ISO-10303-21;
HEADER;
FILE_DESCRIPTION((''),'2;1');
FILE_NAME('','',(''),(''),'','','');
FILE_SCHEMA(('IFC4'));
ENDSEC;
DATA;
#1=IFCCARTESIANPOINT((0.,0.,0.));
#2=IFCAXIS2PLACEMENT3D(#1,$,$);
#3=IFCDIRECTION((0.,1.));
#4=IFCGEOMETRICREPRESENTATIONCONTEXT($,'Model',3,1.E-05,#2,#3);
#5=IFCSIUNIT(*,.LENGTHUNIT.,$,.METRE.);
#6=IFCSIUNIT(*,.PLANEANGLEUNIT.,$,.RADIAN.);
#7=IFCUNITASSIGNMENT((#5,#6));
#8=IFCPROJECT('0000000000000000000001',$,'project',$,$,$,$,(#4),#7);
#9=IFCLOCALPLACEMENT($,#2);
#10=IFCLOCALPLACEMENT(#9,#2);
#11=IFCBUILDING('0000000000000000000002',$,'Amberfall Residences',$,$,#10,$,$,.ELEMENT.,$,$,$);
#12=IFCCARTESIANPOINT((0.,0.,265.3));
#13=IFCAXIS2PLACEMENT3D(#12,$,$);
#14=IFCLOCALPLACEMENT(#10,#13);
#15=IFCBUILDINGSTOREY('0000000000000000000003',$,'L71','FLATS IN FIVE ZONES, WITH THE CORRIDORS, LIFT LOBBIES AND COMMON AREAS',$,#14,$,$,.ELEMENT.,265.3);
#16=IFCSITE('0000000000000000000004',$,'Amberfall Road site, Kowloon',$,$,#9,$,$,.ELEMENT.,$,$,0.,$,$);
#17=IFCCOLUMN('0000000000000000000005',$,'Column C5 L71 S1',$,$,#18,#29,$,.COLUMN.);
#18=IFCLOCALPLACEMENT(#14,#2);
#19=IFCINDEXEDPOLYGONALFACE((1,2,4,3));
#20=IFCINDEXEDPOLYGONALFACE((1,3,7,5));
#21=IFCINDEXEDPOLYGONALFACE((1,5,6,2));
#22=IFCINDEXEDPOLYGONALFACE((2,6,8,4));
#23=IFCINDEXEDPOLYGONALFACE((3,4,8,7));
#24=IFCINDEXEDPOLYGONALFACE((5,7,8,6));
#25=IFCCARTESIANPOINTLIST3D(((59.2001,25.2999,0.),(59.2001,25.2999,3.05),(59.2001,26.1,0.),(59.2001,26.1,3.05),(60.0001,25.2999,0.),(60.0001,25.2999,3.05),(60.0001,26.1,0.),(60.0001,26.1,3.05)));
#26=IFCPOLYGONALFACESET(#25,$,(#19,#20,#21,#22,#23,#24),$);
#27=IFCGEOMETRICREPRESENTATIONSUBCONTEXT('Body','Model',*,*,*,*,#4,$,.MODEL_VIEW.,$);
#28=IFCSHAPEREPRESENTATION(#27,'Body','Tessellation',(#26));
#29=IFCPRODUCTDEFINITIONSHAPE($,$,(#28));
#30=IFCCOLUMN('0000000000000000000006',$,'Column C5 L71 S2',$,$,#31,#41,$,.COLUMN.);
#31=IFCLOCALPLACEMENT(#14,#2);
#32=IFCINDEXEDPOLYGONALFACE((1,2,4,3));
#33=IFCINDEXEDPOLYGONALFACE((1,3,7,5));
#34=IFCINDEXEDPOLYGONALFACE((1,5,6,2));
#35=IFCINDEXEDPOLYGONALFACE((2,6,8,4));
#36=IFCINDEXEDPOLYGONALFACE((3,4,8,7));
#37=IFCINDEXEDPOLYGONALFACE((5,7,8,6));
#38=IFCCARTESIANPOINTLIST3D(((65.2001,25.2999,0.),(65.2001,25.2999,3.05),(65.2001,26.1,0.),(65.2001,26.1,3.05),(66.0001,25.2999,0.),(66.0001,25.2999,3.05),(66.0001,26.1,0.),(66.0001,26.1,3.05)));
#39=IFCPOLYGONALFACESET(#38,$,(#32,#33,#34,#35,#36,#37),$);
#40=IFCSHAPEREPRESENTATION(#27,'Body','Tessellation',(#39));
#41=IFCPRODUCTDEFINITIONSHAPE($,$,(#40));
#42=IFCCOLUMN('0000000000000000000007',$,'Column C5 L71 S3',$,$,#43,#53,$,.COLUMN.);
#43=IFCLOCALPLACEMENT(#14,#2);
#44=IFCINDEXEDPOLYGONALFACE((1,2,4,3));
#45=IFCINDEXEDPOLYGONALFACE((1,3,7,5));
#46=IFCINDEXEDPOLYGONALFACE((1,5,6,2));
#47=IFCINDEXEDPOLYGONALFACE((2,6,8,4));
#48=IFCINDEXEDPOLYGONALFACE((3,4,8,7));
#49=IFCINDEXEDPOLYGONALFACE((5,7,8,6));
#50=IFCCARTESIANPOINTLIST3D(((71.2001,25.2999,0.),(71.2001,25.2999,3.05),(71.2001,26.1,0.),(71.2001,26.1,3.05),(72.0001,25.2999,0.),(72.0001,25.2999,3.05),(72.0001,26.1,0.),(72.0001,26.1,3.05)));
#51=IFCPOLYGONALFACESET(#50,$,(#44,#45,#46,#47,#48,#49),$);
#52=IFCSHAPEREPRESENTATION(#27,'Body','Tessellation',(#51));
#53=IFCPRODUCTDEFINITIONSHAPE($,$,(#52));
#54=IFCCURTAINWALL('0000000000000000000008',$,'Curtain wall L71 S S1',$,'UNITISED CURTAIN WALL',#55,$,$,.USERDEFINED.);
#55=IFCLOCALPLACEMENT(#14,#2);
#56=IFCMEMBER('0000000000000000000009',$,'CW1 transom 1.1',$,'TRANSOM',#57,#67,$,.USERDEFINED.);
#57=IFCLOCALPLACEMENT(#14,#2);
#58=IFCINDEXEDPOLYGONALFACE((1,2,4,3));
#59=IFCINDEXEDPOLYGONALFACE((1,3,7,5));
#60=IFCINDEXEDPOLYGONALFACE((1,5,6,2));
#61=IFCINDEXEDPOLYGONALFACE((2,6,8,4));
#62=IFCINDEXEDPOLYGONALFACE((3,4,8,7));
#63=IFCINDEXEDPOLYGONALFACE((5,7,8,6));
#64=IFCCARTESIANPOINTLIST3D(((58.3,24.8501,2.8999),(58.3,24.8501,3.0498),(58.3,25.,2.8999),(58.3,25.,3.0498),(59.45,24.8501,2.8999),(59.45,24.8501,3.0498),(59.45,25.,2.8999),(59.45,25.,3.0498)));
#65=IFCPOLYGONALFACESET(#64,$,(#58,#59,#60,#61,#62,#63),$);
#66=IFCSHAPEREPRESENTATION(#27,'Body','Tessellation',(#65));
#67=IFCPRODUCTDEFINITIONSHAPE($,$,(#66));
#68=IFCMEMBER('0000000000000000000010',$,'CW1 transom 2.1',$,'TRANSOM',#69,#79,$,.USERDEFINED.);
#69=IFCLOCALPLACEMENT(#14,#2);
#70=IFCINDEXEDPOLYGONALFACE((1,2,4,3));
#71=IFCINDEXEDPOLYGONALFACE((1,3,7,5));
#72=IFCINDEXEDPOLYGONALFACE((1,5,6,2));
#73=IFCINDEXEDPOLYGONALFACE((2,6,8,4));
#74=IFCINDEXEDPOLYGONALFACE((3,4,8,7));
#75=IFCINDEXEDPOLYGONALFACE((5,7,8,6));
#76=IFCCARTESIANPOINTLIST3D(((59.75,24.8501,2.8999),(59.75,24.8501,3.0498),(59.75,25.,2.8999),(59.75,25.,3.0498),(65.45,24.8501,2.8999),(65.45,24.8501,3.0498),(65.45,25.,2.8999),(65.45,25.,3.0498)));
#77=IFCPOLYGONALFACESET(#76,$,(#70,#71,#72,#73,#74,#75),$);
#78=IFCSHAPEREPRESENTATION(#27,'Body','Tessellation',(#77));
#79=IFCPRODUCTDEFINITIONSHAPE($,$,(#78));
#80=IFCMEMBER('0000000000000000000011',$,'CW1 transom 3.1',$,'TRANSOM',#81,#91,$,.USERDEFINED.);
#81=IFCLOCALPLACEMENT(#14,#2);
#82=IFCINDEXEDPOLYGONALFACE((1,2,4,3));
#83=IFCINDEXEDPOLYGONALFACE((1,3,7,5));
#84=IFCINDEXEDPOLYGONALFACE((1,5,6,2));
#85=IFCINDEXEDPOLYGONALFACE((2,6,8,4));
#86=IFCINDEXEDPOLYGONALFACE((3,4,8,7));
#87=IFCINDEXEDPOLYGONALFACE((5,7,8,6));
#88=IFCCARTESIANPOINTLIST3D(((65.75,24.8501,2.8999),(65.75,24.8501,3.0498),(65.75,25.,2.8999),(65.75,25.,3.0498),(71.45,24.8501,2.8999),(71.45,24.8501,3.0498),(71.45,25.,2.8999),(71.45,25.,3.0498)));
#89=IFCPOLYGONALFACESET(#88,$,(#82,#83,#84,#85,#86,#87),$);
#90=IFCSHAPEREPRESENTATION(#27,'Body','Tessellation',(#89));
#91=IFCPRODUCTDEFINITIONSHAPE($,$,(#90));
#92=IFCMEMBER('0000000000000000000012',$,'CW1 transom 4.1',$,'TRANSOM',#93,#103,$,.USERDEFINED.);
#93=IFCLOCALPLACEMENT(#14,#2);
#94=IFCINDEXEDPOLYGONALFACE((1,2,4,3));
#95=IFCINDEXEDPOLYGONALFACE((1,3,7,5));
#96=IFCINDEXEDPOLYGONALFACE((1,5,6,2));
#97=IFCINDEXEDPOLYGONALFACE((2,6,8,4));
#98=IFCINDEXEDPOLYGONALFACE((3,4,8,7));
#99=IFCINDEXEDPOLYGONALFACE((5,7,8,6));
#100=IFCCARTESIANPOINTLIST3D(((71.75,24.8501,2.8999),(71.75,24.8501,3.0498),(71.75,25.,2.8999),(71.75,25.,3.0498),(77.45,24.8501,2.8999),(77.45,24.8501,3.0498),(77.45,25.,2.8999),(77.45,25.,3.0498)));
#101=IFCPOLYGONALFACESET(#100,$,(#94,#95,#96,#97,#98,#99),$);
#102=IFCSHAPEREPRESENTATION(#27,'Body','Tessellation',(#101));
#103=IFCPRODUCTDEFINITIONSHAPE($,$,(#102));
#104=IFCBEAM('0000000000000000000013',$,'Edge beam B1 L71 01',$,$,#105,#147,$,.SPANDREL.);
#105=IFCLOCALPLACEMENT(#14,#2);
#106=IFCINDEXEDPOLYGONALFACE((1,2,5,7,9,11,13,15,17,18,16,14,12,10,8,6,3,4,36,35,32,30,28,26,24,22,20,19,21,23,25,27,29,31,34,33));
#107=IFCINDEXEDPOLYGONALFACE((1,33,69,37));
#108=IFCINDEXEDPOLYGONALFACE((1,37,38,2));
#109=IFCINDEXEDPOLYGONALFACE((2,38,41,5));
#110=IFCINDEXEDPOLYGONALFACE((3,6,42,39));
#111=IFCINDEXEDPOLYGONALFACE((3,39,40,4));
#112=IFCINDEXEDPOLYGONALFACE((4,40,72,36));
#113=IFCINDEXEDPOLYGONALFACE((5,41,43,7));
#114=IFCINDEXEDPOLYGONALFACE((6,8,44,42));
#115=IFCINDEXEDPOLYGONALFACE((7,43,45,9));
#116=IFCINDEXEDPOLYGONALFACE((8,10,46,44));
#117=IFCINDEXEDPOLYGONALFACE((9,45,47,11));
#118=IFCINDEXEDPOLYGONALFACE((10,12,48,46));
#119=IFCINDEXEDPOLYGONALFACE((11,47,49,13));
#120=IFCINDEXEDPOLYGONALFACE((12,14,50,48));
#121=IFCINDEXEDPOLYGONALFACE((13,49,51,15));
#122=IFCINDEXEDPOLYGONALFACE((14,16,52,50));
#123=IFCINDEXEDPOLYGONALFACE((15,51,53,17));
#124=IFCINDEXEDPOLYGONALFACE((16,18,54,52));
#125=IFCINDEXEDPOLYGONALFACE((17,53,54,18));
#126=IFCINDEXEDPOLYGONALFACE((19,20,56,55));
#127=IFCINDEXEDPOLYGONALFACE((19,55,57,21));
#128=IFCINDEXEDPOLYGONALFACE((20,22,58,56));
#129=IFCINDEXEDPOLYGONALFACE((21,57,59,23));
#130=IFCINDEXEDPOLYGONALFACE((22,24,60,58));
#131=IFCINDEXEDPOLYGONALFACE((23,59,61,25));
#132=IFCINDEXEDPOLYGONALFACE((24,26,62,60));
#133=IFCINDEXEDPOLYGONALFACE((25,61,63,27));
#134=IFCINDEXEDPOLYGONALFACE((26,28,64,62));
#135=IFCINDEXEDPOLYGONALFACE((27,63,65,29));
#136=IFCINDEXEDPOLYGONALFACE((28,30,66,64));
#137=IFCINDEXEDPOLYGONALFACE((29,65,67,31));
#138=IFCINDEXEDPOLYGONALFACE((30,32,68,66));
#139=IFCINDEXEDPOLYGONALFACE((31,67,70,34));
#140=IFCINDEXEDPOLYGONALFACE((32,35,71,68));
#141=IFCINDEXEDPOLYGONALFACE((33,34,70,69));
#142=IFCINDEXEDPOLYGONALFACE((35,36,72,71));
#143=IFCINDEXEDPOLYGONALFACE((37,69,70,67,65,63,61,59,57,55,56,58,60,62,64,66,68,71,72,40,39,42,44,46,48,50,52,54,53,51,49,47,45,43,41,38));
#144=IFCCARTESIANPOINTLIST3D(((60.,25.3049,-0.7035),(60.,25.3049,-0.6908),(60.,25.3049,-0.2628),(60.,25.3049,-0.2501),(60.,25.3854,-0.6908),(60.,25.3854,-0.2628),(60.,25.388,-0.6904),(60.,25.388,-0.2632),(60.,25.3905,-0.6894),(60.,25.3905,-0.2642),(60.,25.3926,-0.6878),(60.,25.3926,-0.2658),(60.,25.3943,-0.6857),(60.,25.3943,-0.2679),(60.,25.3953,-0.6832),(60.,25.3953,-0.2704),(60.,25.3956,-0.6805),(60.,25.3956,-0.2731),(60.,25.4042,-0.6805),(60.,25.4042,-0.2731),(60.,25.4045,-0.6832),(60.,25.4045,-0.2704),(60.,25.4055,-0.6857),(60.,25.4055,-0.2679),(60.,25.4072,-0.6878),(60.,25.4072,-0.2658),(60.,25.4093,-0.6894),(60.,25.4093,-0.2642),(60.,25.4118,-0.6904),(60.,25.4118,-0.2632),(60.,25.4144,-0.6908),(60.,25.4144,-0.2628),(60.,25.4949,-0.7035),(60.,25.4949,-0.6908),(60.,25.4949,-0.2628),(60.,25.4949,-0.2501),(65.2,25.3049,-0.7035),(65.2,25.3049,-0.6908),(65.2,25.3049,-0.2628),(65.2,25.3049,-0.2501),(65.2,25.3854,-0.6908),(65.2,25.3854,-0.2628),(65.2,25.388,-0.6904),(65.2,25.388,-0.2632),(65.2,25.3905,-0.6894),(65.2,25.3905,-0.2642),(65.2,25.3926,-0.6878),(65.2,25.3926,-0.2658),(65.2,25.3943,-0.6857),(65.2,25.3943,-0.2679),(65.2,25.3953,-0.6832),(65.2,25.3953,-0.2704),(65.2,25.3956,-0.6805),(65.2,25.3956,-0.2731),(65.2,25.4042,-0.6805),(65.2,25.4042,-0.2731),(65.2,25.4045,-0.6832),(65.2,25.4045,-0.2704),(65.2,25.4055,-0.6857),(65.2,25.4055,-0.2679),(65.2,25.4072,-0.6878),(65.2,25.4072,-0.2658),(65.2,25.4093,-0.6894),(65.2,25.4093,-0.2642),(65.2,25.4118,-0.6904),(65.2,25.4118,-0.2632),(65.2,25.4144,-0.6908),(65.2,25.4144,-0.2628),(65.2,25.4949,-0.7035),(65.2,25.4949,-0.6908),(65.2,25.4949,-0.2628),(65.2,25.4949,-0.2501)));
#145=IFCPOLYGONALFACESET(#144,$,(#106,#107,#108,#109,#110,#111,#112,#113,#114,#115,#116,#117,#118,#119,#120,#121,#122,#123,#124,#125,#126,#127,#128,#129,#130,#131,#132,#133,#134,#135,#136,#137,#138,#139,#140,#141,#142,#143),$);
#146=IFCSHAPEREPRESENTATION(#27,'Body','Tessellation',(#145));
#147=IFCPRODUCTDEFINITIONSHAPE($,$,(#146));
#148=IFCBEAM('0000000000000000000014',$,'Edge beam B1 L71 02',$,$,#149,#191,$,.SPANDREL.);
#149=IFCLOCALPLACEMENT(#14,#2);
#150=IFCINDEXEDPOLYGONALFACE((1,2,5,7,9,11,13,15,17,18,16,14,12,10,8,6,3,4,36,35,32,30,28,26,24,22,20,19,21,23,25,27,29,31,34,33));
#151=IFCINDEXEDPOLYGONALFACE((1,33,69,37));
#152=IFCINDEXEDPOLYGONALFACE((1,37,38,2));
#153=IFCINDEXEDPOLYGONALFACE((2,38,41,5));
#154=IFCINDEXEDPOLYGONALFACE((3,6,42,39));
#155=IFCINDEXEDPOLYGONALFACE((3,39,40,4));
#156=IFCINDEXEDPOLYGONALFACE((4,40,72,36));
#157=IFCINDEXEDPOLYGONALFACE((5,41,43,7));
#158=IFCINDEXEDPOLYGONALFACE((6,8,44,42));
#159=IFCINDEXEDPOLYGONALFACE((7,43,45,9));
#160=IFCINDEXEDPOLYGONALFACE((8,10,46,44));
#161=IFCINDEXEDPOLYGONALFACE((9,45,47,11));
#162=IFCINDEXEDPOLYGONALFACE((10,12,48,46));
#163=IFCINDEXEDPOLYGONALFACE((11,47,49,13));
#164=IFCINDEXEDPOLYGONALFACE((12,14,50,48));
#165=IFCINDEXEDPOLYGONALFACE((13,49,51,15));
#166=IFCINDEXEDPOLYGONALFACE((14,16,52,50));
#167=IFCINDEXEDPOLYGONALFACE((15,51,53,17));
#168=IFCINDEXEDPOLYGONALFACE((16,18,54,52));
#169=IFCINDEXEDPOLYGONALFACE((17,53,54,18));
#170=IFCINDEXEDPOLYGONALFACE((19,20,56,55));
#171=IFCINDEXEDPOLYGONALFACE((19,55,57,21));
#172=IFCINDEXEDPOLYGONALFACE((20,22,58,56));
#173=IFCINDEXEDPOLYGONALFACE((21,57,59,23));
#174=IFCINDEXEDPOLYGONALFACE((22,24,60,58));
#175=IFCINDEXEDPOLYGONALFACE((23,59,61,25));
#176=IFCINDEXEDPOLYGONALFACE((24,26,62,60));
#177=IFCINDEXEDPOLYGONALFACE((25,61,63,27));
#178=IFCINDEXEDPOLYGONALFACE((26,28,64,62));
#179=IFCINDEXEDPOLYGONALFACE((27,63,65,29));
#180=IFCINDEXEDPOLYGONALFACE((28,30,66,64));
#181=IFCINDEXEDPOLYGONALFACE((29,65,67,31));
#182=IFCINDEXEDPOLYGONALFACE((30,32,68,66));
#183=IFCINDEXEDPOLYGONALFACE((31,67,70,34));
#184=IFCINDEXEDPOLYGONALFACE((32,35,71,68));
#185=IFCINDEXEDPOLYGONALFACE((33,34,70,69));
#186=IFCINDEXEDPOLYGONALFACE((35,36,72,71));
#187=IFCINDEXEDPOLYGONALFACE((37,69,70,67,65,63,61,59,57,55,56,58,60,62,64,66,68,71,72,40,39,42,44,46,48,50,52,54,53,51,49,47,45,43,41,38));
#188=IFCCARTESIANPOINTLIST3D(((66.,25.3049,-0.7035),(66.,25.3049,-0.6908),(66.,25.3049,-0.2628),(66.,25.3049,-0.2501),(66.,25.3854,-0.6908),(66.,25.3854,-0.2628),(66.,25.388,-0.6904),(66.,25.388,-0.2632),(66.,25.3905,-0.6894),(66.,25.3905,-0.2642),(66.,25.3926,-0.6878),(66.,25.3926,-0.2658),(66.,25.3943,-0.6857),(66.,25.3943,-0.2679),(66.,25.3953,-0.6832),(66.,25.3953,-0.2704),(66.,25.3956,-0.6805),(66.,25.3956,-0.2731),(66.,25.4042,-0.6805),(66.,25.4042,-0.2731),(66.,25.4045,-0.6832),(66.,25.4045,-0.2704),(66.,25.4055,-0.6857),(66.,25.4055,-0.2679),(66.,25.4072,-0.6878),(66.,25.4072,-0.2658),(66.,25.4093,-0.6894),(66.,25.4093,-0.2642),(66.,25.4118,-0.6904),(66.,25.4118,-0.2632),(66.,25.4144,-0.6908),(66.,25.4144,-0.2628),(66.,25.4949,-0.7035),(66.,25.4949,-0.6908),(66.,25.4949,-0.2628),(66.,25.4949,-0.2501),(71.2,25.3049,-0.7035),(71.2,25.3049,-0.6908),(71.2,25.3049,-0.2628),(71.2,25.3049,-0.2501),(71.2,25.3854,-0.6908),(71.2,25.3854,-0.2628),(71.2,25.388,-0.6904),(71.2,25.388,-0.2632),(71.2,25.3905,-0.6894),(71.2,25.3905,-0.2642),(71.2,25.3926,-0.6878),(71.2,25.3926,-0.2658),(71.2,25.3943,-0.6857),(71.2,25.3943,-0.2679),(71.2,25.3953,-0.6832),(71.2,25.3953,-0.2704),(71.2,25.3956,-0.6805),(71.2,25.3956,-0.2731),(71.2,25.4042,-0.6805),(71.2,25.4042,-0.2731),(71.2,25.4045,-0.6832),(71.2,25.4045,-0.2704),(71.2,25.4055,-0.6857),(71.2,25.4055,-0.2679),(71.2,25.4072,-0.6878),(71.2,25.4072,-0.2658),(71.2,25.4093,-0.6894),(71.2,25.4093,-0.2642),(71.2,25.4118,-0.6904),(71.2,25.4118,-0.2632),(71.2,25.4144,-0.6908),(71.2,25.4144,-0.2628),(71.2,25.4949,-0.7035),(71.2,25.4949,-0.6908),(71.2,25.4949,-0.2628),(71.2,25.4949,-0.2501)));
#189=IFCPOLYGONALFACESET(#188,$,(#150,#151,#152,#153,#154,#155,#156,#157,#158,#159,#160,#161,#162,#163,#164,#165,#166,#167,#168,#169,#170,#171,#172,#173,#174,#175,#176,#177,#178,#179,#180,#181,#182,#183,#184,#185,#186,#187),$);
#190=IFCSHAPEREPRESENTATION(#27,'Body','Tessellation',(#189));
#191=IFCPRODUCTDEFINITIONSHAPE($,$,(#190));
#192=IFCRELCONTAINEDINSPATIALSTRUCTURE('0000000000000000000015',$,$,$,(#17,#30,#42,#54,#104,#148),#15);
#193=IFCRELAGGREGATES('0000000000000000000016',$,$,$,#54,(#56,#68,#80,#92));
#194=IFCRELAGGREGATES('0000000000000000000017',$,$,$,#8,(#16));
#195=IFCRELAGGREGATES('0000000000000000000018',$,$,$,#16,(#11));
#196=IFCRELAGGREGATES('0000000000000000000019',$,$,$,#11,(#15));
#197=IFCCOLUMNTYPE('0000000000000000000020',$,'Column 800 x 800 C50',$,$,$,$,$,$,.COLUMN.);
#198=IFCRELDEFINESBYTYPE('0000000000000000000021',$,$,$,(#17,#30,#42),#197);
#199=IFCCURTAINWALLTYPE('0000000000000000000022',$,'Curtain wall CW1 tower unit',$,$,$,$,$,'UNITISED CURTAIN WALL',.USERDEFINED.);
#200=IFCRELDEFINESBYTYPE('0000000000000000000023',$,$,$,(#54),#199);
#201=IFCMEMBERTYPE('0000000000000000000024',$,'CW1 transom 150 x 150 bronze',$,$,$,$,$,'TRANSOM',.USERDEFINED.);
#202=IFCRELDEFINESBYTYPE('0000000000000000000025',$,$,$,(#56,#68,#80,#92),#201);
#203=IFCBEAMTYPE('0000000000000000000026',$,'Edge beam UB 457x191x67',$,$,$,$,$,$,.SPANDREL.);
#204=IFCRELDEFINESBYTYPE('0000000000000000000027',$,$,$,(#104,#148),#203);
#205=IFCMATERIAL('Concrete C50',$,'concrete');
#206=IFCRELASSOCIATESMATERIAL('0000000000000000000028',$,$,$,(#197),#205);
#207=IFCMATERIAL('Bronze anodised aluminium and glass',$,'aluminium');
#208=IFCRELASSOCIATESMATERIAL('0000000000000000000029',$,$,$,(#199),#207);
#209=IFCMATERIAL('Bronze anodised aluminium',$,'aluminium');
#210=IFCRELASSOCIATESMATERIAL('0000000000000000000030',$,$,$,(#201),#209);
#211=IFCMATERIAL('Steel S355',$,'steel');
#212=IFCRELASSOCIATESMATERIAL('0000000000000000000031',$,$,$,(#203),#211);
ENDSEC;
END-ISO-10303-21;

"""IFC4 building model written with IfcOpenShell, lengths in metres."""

from ifc_helpers import new_model, si_unit, direction, frame, origin, origin_2d, place, context, subcontext, project, spatial, rectangle, i_section, extrude, material, material_profile, profile_set, type_object, element, aggregate, save


model = new_model("IFC4")

# Units and contexts
model_context = context("Model", 3, precision=1e-05, world=origin(), true_north=direction((0.0, 1.0)))
body_context = subcontext(model_context, "Body", "Model", "MODEL_VIEW")
ifc_project = project(units=[si_unit("LENGTHUNIT", "METRE"), si_unit("PLANEANGLEUNIT", "RADIAN")], contexts=[model_context])

# Site, building, storey
site_placement = place(None, origin())
site = spatial("IfcSite", under=ifc_project, at=site_placement, Name="Amberfall Road site, Kowloon", CompositionType="ELEMENT", RefElevation=0.0)
building_placement = place(site_placement, origin())
building = spatial("IfcBuilding", under=site, at=building_placement, Name="Amberfall Residences", CompositionType="ELEMENT")
storey_placement = place(building_placement, frame((0.0, 0.0, 265.3)))
storey = spatial("IfcBuildingStorey", under=building, at=storey_placement, Name="L71", Description="FLATS IN FIVE ZONES, WITH THE CORRIDORS, LIFT LOBBIES AND COMMON AREAS", CompositionType="ELEMENT", Elevation=265.3)

# Columns
ifc_material_1 = material(Name="Concrete C50", Category="concrete")
ifc_material_profile_1 = material_profile(ifc_material_1, rectangle(XDim=0.8, YDim=0.8, at=origin_2d()), Name="Column 800 x 800 C50")
ifc_profile_set_1 = profile_set([ifc_material_profile_1], Name="Concrete C50")
column_type = type_object("IfcColumnType", Name="Column 800 x 800 C50", PredefinedType="COLUMN", material=ifc_profile_set_1)
for number, where, z_axis, x_axis, name in (
    (1, (59.6001, 25.7, 0.0), (0.0, 0.0, 1.0), (1.0, 0.0, 0.0), "Column C5 L71 S1"),
    (2, (65.6001, 25.7, 0.0), (0.0, 0.0, 1.0), (1.0, 0.0, 0.0), "Column C5 L71 S2"),
    (3, (71.6001, 25.7, 0.0), (0.0, 0.0, 1.0), (1.0, 0.0, 0.0), "Column C5 L71 S3"),
):
    element("IfcColumn", number, at=place(storey_placement, frame(where, z_axis=z_axis, x_axis=x_axis)), inside=storey, type_object=column_type, Name=name, PredefinedType="COLUMN", context=body_context, shape_type="SweptSolid", body=[
        extrude(rectangle(XDim=0.8, YDim=0.8, at=origin_2d()), origin(), (0.0, 0.0, 1.0), 3.05),
    ])

# Curtain wall, members
ifc_material_2 = material(Name="Bronze anodised aluminium and glass", Category="aluminium")
curtain_wall_type = type_object("IfcCurtainWallType", Name="Curtain wall CW1 tower unit", ElementType="UNITISED CURTAIN WALL", PredefinedType="USERDEFINED", material=ifc_material_2)
curtain_wall_placement = place(storey_placement, origin())
curtain_wall = element("IfcCurtainWall", 4, at=curtain_wall_placement, inside=storey, type_object=curtain_wall_type, Name="Curtain wall L71 S S1", ObjectType="UNITISED CURTAIN WALL", PredefinedType="USERDEFINED")
ifc_material_3 = material(Name="Bronze anodised aluminium", Category="aluminium")
ifc_material_profile_2 = material_profile(ifc_material_3, rectangle(XDim=0.1499, YDim=0.1499, at=origin_2d()), Name="CW1 transom 150 x 150 bronze")
ifc_profile_set_2 = profile_set([ifc_material_profile_2], Name="Bronze anodised aluminium")
member_type_1 = type_object("IfcMemberType", Name="CW1 transom 150 x 150 bronze", ElementType="TRANSOM", PredefinedType="USERDEFINED", material=ifc_profile_set_2)
member_1_placement = place(storey_placement, frame((58.3, 24.925, 2.9749), z_axis=(1.0, 0.0, 0.0), x_axis=(0.0, 1.0, 0.0)))
member_1 = element("IfcMember", 5, at=member_1_placement, type_object=member_type_1, Name="CW1 transom 1.1", ObjectType="TRANSOM", PredefinedType="USERDEFINED", context=body_context, shape_type="SweptSolid", body=[
    extrude(rectangle(XDim=0.1499, YDim=0.1499, at=origin_2d()), origin(), (0.0, 0.0, 1.0), 1.1499),
])
member_2_placement = place(storey_placement, frame((59.75, 24.925, 2.9749), z_axis=(1.0, 0.0, 0.0), x_axis=(0.0, 1.0, 0.0)))
member_2 = element("IfcMember", 6, at=member_2_placement, type_object=member_type_1, Name="CW1 transom 2.1", ObjectType="TRANSOM", PredefinedType="USERDEFINED", context=body_context, shape_type="SweptSolid", body=[
    extrude(rectangle(XDim=0.1499, YDim=0.1499, at=origin_2d()), origin(), (0.0, 0.0, 1.0), 5.7),
])
member_3_placement = place(storey_placement, frame((65.75, 24.925, 2.9749), z_axis=(1.0, 0.0, 0.0), x_axis=(0.0, 1.0, 0.0)))
member_3 = element("IfcMember", 7, at=member_3_placement, type_object=member_type_1, Name="CW1 transom 3.1", ObjectType="TRANSOM", PredefinedType="USERDEFINED", context=body_context, shape_type="SweptSolid", body=[
    extrude(rectangle(XDim=0.1499, YDim=0.1499, at=origin_2d()), origin(), (0.0, 0.0, 1.0), 5.7),
])
member_4_placement = place(storey_placement, frame((71.75, 24.925, 2.9749), z_axis=(1.0, 0.0, 0.0), x_axis=(0.0, 1.0, 0.0)))
member_4 = element("IfcMember", 8, at=member_4_placement, type_object=member_type_1, Name="CW1 transom 4.1", ObjectType="TRANSOM", PredefinedType="USERDEFINED", context=body_context, shape_type="SweptSolid", body=[
    extrude(rectangle(XDim=0.1499, YDim=0.1499, at=origin_2d()), origin(), (0.0, 0.0, 1.0), 5.7),
])

# Beams
ifc_material_4 = material(Name="Steel S355", Category="steel")
ifc_material_profile_3 = material_profile(ifc_material_4, i_section(OverallWidth=0.1899, OverallDepth=0.4534, WebThickness=0.0085, FlangeThickness=0.0127, FilletRadius=0.0103, at=origin_2d()), Name="UB 457x191x67")
ifc_profile_set_3 = profile_set([ifc_material_profile_3], Name="Steel S355")
beam_type_1 = type_object("IfcBeamType", Name="Edge beam UB 457x191x67", PredefinedType="SPANDREL", material=ifc_profile_set_3)
for number, where, z_axis, x_axis, name in (
    (9, (60.0, 25.3999, -0.4768), (1.0, 0.0, 0.0), (0.0, 1.0, 0.0), "Edge beam B1 L71 01"),
    (10, (66.0, 25.3999, -0.4768), (1.0, 0.0, 0.0), (0.0, 1.0, 0.0), "Edge beam B1 L71 02"),
):
    element("IfcBeam", number, at=place(storey_placement, frame(where, z_axis=z_axis, x_axis=x_axis)), inside=storey, type_object=beam_type_1, Name=name, PredefinedType="SPANDREL", context=body_context, shape_type="SweptSolid", body=[
        extrude(i_section(OverallWidth=0.1899, OverallDepth=0.4534, WebThickness=0.0085, FlangeThickness=0.0127, FilletRadius=0.0103, at=origin_2d()), origin(), (0.0, 0.0, 1.0), 5.2),
    ])

aggregate(curtain_wall, [member_1, member_2, member_3, member_4])

save(model, "model.ifc")
